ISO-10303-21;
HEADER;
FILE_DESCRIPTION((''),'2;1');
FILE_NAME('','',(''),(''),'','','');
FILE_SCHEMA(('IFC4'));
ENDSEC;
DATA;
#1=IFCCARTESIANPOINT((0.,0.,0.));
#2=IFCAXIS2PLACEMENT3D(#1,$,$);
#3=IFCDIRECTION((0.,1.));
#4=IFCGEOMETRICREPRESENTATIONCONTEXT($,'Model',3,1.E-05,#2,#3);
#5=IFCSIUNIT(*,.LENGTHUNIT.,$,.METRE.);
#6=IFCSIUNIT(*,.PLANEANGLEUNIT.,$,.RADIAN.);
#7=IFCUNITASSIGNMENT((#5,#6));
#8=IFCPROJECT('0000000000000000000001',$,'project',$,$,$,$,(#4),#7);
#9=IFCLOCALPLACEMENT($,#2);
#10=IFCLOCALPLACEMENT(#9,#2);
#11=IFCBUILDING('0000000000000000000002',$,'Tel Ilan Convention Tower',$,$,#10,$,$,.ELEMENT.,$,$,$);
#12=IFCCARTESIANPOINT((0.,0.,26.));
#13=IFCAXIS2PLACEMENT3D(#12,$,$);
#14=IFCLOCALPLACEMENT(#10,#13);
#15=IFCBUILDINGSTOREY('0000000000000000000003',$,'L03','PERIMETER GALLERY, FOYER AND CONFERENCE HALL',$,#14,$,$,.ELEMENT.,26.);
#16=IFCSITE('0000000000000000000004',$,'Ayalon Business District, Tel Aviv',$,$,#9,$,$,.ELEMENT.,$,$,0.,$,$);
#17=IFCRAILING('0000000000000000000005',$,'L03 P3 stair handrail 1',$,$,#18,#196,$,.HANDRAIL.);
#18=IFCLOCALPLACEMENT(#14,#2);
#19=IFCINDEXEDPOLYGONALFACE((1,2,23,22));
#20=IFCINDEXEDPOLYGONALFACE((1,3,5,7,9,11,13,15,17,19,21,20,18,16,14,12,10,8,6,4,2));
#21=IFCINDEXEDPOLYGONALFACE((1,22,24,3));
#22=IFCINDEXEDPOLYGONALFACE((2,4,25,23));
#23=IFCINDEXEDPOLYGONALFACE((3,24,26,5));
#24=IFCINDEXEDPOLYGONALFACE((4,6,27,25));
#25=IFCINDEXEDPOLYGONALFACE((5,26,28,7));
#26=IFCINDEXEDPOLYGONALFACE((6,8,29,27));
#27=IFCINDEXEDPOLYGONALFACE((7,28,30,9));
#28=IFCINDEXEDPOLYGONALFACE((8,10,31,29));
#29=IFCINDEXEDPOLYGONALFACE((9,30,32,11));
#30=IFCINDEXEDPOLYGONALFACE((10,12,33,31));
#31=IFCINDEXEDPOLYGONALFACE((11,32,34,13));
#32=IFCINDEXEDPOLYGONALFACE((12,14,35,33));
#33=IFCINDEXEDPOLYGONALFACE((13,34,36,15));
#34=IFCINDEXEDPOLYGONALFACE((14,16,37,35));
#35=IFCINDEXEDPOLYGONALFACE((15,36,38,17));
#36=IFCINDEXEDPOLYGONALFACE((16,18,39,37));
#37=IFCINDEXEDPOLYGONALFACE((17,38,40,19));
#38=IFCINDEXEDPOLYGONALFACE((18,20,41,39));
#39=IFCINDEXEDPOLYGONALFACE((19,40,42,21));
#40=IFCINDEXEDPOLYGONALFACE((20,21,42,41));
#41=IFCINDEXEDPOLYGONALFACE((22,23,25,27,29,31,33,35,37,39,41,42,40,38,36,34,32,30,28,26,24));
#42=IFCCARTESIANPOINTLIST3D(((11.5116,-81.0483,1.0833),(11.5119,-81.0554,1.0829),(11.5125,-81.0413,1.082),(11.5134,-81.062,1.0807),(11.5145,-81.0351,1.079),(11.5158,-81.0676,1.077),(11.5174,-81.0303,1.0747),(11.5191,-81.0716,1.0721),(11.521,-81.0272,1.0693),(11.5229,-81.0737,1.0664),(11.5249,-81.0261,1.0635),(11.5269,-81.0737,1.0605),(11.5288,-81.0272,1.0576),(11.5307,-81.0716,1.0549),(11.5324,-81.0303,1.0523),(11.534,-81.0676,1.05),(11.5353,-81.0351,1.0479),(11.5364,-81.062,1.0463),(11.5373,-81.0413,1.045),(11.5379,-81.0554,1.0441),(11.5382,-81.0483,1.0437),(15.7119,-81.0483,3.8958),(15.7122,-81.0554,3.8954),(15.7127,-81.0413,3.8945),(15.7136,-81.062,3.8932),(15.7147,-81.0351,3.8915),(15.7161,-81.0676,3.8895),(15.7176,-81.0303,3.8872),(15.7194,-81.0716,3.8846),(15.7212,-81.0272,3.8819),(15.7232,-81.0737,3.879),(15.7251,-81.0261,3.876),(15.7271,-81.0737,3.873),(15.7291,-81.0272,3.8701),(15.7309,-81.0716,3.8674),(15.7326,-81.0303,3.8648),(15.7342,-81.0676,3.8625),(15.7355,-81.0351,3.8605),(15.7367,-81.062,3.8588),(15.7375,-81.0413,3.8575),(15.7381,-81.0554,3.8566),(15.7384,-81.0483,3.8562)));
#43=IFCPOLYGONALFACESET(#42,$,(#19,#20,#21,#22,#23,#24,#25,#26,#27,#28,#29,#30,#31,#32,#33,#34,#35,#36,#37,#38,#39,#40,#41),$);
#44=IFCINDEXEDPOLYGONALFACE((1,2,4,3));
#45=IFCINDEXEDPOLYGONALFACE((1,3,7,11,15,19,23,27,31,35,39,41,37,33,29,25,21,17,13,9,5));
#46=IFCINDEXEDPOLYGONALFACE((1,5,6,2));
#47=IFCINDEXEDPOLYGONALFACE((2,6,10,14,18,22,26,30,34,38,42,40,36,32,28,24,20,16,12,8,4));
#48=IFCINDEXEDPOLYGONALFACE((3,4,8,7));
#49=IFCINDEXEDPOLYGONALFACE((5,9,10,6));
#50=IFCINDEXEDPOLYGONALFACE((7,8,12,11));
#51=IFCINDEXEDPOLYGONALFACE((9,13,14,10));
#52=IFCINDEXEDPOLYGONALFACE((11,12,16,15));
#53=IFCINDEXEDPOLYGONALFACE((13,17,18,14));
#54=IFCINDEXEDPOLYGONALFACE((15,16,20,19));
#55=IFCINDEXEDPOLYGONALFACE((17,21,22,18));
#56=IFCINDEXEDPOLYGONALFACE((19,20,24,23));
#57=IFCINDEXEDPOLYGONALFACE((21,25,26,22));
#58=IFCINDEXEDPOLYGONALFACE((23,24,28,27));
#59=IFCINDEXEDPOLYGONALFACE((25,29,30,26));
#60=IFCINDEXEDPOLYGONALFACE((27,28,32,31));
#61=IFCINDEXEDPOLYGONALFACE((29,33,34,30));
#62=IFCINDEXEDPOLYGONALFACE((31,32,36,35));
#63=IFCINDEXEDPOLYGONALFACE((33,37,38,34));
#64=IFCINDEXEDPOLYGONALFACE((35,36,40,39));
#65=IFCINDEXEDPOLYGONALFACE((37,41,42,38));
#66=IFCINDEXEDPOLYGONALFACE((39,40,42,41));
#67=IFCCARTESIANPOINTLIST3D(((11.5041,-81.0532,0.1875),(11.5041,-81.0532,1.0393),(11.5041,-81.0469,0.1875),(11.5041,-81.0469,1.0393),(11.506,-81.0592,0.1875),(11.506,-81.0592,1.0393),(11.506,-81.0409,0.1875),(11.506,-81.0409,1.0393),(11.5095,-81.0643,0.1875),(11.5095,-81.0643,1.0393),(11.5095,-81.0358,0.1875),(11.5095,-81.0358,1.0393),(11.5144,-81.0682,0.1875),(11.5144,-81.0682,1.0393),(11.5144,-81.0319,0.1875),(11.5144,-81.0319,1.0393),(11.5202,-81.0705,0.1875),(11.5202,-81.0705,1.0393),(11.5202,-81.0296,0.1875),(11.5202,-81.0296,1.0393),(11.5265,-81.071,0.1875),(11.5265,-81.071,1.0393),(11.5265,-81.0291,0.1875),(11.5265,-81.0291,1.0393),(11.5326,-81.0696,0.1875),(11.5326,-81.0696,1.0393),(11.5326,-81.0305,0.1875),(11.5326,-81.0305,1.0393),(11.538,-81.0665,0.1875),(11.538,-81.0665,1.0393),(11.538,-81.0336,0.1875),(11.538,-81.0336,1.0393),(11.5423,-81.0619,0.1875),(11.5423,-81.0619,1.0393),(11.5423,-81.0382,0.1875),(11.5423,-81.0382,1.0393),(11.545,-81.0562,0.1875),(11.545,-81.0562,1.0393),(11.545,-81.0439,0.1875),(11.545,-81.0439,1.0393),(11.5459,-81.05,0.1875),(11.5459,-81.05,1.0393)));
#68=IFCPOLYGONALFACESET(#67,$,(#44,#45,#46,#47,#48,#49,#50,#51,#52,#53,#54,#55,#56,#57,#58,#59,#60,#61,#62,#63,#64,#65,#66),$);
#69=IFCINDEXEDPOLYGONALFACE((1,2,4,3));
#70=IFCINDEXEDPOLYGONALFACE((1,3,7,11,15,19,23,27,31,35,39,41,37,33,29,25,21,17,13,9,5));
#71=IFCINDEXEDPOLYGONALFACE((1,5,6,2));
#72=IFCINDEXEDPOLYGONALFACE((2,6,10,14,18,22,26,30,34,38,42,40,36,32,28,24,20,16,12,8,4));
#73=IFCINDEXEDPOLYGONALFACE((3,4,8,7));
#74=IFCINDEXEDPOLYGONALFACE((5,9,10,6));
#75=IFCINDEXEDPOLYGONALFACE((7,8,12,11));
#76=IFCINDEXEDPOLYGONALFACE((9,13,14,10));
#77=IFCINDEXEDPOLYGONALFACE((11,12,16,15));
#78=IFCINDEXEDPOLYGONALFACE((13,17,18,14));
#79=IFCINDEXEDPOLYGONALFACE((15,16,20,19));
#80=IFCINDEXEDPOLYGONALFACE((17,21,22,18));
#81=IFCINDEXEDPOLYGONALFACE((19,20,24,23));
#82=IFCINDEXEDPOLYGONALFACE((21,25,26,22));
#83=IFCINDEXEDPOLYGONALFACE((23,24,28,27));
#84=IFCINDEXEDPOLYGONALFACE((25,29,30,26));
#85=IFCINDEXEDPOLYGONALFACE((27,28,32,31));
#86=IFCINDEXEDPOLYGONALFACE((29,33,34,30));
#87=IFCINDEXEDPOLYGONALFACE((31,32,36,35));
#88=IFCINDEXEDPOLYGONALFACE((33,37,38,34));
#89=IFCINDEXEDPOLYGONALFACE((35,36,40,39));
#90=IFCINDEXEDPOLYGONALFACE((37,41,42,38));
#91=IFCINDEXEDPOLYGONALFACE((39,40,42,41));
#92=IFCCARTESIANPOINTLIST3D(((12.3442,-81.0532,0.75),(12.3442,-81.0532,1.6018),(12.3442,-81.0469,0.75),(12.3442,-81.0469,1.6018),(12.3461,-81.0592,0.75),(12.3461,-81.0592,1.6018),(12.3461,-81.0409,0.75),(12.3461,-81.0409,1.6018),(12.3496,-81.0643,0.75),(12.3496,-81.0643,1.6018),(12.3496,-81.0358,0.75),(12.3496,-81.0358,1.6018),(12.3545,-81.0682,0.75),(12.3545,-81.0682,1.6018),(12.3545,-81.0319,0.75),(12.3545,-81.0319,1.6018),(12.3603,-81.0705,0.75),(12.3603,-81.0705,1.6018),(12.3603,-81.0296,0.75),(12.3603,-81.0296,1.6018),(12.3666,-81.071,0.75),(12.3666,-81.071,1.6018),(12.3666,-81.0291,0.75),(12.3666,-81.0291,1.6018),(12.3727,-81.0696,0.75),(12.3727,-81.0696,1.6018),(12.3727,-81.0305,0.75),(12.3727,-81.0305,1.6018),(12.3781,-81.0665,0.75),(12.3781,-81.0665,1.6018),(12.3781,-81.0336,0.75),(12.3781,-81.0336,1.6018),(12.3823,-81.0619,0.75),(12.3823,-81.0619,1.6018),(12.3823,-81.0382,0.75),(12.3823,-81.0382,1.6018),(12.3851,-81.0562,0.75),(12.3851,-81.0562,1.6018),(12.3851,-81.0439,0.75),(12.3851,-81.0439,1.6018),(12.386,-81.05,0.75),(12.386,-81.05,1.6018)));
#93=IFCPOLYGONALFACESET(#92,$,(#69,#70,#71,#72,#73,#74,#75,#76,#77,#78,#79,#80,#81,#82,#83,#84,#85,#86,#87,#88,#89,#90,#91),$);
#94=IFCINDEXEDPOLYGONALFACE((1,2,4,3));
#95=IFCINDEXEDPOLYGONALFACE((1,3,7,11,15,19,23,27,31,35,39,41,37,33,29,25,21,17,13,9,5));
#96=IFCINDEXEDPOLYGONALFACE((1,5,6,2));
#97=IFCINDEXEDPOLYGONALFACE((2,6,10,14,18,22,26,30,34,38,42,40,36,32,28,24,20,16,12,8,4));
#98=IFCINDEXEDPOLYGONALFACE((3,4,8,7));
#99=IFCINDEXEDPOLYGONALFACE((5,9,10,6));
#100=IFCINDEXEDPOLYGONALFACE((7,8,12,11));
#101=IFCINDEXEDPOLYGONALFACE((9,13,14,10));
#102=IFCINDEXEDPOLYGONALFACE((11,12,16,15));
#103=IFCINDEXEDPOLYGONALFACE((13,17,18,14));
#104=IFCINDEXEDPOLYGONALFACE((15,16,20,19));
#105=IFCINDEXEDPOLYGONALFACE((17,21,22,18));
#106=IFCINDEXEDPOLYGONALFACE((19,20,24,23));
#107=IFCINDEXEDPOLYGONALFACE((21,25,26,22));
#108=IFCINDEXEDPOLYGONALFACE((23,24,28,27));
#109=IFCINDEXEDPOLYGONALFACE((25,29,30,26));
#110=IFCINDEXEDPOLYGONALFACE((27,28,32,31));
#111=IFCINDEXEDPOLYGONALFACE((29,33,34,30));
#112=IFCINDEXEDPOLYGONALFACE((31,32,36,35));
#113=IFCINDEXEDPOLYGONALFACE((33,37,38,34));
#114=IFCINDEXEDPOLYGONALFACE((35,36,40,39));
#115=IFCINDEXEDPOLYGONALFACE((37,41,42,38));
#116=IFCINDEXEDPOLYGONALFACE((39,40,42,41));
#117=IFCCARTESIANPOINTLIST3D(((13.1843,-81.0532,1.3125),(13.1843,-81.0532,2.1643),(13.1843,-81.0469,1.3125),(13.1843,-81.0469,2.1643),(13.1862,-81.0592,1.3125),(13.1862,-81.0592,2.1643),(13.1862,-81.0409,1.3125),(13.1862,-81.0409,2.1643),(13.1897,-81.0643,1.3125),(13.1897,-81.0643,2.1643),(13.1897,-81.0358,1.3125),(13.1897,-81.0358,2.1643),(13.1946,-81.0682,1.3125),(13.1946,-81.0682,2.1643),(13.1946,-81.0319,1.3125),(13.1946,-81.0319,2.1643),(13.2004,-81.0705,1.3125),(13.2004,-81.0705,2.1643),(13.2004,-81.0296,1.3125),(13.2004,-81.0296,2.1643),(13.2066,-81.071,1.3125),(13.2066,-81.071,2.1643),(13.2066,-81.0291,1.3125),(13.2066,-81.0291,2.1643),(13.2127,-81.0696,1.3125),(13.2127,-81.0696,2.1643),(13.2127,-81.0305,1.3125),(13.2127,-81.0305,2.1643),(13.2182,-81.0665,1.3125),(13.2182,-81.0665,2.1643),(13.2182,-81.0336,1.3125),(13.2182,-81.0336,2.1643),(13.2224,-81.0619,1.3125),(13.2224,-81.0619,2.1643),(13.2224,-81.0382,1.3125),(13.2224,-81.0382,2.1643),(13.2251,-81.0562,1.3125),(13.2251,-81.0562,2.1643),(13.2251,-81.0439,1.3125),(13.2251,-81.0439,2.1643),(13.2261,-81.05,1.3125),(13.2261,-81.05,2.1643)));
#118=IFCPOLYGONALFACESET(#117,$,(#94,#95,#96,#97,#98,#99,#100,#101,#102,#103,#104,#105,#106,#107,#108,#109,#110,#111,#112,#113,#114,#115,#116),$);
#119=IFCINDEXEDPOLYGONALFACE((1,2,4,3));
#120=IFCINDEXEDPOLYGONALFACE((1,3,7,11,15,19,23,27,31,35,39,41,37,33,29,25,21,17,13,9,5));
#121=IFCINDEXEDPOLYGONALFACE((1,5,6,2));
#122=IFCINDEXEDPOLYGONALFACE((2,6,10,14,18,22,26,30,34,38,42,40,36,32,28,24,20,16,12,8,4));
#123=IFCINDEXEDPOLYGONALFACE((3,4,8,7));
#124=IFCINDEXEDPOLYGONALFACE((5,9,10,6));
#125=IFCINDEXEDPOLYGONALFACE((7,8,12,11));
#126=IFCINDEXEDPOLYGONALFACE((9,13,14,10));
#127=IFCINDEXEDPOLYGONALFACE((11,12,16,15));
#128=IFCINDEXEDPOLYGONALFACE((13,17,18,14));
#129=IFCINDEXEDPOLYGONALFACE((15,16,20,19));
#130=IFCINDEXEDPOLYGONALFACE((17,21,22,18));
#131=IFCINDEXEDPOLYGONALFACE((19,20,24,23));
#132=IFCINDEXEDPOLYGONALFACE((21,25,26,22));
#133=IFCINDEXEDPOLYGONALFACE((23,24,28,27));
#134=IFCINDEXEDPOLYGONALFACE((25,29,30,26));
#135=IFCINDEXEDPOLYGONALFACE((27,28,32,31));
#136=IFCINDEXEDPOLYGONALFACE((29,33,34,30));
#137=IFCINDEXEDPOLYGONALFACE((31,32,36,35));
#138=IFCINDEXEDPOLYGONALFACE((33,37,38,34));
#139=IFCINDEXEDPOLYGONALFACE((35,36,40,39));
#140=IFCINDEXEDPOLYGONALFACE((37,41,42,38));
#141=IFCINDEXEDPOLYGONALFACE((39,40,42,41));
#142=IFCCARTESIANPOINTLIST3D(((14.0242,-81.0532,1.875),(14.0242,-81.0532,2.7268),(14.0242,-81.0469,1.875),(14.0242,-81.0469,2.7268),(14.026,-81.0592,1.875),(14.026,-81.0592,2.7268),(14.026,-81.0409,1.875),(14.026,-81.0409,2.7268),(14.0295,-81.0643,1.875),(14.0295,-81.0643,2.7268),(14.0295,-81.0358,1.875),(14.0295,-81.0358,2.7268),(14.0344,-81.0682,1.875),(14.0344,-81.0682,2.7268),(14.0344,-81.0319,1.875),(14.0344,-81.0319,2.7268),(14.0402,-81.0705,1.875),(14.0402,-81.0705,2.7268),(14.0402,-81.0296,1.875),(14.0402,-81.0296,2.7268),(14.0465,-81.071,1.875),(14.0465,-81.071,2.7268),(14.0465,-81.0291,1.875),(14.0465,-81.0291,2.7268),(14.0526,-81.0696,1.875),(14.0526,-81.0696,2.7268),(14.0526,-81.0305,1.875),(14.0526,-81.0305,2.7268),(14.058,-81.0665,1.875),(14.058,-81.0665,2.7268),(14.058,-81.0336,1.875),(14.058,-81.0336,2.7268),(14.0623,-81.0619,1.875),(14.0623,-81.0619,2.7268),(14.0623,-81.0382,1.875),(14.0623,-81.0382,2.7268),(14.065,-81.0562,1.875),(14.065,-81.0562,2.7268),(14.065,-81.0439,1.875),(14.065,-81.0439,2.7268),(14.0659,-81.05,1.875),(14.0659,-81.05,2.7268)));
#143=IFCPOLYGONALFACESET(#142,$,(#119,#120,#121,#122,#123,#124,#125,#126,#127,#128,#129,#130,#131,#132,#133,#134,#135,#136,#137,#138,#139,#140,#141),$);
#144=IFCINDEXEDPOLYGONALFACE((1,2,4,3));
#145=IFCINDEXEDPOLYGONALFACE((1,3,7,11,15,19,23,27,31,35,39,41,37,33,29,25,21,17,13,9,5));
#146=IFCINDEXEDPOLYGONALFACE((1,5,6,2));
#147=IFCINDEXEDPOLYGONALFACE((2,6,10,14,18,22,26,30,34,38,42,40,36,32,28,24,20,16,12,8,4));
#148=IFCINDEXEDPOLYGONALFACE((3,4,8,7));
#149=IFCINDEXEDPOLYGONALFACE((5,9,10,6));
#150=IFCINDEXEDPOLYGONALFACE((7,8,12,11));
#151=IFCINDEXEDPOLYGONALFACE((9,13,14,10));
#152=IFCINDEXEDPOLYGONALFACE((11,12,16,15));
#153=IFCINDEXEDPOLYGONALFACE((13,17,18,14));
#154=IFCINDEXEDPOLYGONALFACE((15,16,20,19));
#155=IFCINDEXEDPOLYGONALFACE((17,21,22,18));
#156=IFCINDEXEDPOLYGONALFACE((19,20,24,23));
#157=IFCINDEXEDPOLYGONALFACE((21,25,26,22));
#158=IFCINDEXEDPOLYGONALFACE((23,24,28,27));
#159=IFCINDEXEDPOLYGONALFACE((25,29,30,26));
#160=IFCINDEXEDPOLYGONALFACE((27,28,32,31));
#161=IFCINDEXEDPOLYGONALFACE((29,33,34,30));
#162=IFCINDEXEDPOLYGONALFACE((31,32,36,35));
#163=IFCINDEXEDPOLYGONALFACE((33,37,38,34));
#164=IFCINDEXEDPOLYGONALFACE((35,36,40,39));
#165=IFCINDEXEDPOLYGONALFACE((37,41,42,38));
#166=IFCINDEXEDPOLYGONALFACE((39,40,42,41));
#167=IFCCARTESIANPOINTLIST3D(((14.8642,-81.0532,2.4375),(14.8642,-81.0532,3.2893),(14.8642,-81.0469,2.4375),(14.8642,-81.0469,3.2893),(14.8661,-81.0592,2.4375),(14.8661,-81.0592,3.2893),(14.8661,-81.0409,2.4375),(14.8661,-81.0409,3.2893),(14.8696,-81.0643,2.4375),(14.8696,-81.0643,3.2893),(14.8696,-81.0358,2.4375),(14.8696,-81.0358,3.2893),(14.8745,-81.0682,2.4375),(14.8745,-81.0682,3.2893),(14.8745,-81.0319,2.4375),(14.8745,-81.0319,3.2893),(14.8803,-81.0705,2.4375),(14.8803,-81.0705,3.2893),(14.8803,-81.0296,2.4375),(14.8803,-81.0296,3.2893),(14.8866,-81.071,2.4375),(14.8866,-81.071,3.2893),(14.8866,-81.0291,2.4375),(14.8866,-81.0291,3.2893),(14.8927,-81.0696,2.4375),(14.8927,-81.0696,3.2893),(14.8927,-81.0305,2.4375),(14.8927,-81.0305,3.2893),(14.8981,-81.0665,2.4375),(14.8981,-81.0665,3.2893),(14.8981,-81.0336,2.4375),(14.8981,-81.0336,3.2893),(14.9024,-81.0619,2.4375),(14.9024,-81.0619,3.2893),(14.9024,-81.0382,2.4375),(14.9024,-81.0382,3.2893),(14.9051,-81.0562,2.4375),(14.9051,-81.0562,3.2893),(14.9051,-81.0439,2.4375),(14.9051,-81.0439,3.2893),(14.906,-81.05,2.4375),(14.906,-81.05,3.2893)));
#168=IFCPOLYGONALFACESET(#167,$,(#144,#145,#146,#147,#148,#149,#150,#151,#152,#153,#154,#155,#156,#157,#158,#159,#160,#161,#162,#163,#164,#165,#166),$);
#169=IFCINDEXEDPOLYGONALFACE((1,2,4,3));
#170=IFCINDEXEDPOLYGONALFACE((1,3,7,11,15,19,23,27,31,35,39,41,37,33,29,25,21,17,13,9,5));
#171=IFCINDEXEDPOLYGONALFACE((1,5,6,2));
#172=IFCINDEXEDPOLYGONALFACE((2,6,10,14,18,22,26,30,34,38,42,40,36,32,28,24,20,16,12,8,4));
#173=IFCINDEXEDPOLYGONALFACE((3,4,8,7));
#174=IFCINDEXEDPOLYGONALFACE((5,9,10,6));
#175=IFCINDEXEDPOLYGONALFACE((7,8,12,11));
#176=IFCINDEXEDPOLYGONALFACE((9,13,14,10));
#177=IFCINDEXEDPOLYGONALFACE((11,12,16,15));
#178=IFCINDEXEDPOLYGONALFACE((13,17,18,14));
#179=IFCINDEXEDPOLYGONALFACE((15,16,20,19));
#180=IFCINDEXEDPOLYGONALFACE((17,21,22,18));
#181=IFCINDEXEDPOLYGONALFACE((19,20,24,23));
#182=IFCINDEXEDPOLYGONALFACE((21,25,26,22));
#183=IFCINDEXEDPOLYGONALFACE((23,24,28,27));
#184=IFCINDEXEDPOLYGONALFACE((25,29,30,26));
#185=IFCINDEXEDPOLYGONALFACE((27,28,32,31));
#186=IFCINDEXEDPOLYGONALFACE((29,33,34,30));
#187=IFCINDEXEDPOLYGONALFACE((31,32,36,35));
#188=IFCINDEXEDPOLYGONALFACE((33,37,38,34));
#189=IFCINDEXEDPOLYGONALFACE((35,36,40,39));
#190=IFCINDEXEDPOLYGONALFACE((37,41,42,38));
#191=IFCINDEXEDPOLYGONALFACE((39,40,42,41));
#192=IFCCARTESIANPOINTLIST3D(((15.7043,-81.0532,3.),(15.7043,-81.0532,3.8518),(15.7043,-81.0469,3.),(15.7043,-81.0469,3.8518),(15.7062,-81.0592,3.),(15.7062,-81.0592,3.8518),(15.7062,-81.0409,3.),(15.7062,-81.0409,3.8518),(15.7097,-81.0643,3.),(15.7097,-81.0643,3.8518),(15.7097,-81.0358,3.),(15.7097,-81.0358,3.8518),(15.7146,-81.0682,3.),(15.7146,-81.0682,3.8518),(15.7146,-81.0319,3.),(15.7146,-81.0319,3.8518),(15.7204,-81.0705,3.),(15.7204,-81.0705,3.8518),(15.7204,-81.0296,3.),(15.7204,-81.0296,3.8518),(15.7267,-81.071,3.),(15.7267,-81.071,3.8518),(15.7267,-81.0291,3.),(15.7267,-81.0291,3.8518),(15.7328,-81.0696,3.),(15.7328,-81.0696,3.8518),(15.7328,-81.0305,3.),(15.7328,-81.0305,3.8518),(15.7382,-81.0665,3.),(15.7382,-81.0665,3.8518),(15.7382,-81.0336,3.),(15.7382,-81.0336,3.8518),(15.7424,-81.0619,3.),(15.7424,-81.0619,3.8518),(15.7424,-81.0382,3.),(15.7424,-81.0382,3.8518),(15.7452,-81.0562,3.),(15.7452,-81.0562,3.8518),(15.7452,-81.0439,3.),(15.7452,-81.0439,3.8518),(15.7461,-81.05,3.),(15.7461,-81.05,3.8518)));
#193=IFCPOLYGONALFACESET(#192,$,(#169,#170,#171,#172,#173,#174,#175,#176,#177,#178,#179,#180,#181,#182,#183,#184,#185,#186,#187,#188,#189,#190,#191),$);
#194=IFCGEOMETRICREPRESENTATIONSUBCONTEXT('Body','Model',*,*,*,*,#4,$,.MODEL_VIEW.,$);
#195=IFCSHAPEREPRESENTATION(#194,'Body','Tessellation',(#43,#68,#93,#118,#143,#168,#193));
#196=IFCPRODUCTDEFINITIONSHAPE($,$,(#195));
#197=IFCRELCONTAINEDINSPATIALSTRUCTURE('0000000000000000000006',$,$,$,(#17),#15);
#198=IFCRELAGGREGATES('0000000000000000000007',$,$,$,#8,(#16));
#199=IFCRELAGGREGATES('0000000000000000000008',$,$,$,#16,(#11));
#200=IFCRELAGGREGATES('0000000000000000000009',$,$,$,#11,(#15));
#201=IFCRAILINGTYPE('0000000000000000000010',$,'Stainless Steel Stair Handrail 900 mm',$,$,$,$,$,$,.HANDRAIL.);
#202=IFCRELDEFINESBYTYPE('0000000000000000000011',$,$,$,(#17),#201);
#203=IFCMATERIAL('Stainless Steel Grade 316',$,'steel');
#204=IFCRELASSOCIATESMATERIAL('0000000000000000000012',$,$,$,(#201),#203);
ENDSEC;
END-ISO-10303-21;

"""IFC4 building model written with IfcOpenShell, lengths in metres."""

from ifc_helpers import new_model, si_unit, direction, frame, origin, origin_2d, place, context, subcontext, project, spatial, circle, extrude, material, type_object, element, save


model = new_model("IFC4")

# Units and contexts
model_context = context("Model", 3, precision=1e-05, world=origin(), true_north=direction((0.0, 1.0)))
body_context = subcontext(model_context, "Body", "Model", "MODEL_VIEW")
ifc_project = project(units=[si_unit("LENGTHUNIT", "METRE"), si_unit("PLANEANGLEUNIT", "RADIAN")], contexts=[model_context])

# Site, building, storey
site_placement = place(None, origin())
site = spatial("IfcSite", under=ifc_project, at=site_placement, Name="Ayalon Business District, Tel Aviv", CompositionType="ELEMENT", RefElevation=0.0)
building_placement = place(site_placement, origin())
building = spatial("IfcBuilding", under=site, at=building_placement, Name="Tel Ilan Convention Tower", CompositionType="ELEMENT")
storey_placement = place(building_placement, frame((0.0, 0.0, 26.0)))
storey = spatial("IfcBuildingStorey", under=building, at=storey_placement, Name="L03", Description="PERIMETER GALLERY, FOYER AND CONFERENCE HALL", CompositionType="ELEMENT", Elevation=26.0)

# Railing
ifc_material_1 = material(Name="Stainless Steel Grade 316", Category="steel")
railing_type = type_object("IfcRailingType", Name="Stainless Steel Stair Handrail 900 mm", PredefinedType="HANDRAIL", material=ifc_material_1)
railing_placement = place(storey_placement, frame((11.5249, -81.05, 0.1875)))
element("IfcRailing", 1, at=railing_placement, inside=storey, type_object=railing_type, Name="L03 P3 stair handrail 1", PredefinedType="HANDRAIL", context=body_context, shape_type="SweptSolid", body=[
    extrude(circle(Radius=0.0239, at=origin_2d()), frame((0.0, 0.0, 0.876), z_axis=(0.830919, 0.0, 0.556393), x_axis=(0.0, 1.0, 0.0)), (0.0, 0.0, 1.0), 5.0549),
    extrude(circle(Radius=0.021, at=origin_2d()), origin(), (0.0, 0.0, 1.0), 0.8518),
    extrude(circle(Radius=0.021, at=origin_2d()), frame((0.8401, 0.0, 0.5625)), (0.0, 0.0, 1.0), 0.8518),
    extrude(circle(Radius=0.021, at=origin_2d()), frame((1.6802, 0.0, 1.125)), (0.0, 0.0, 1.0), 0.8518),
    extrude(circle(Radius=0.021, at=origin_2d()), frame((2.52, 0.0, 1.6875)), (0.0, 0.0, 1.0), 0.8518),
    extrude(circle(Radius=0.021, at=origin_2d()), frame((3.3601, 0.0, 2.25)), (0.0, 0.0, 1.0), 0.8518),
    extrude(circle(Radius=0.021, at=origin_2d()), frame((4.2002, 0.0, 2.8125)), (0.0, 0.0, 1.0), 0.8518),
])

save(model, "model.ifc")
